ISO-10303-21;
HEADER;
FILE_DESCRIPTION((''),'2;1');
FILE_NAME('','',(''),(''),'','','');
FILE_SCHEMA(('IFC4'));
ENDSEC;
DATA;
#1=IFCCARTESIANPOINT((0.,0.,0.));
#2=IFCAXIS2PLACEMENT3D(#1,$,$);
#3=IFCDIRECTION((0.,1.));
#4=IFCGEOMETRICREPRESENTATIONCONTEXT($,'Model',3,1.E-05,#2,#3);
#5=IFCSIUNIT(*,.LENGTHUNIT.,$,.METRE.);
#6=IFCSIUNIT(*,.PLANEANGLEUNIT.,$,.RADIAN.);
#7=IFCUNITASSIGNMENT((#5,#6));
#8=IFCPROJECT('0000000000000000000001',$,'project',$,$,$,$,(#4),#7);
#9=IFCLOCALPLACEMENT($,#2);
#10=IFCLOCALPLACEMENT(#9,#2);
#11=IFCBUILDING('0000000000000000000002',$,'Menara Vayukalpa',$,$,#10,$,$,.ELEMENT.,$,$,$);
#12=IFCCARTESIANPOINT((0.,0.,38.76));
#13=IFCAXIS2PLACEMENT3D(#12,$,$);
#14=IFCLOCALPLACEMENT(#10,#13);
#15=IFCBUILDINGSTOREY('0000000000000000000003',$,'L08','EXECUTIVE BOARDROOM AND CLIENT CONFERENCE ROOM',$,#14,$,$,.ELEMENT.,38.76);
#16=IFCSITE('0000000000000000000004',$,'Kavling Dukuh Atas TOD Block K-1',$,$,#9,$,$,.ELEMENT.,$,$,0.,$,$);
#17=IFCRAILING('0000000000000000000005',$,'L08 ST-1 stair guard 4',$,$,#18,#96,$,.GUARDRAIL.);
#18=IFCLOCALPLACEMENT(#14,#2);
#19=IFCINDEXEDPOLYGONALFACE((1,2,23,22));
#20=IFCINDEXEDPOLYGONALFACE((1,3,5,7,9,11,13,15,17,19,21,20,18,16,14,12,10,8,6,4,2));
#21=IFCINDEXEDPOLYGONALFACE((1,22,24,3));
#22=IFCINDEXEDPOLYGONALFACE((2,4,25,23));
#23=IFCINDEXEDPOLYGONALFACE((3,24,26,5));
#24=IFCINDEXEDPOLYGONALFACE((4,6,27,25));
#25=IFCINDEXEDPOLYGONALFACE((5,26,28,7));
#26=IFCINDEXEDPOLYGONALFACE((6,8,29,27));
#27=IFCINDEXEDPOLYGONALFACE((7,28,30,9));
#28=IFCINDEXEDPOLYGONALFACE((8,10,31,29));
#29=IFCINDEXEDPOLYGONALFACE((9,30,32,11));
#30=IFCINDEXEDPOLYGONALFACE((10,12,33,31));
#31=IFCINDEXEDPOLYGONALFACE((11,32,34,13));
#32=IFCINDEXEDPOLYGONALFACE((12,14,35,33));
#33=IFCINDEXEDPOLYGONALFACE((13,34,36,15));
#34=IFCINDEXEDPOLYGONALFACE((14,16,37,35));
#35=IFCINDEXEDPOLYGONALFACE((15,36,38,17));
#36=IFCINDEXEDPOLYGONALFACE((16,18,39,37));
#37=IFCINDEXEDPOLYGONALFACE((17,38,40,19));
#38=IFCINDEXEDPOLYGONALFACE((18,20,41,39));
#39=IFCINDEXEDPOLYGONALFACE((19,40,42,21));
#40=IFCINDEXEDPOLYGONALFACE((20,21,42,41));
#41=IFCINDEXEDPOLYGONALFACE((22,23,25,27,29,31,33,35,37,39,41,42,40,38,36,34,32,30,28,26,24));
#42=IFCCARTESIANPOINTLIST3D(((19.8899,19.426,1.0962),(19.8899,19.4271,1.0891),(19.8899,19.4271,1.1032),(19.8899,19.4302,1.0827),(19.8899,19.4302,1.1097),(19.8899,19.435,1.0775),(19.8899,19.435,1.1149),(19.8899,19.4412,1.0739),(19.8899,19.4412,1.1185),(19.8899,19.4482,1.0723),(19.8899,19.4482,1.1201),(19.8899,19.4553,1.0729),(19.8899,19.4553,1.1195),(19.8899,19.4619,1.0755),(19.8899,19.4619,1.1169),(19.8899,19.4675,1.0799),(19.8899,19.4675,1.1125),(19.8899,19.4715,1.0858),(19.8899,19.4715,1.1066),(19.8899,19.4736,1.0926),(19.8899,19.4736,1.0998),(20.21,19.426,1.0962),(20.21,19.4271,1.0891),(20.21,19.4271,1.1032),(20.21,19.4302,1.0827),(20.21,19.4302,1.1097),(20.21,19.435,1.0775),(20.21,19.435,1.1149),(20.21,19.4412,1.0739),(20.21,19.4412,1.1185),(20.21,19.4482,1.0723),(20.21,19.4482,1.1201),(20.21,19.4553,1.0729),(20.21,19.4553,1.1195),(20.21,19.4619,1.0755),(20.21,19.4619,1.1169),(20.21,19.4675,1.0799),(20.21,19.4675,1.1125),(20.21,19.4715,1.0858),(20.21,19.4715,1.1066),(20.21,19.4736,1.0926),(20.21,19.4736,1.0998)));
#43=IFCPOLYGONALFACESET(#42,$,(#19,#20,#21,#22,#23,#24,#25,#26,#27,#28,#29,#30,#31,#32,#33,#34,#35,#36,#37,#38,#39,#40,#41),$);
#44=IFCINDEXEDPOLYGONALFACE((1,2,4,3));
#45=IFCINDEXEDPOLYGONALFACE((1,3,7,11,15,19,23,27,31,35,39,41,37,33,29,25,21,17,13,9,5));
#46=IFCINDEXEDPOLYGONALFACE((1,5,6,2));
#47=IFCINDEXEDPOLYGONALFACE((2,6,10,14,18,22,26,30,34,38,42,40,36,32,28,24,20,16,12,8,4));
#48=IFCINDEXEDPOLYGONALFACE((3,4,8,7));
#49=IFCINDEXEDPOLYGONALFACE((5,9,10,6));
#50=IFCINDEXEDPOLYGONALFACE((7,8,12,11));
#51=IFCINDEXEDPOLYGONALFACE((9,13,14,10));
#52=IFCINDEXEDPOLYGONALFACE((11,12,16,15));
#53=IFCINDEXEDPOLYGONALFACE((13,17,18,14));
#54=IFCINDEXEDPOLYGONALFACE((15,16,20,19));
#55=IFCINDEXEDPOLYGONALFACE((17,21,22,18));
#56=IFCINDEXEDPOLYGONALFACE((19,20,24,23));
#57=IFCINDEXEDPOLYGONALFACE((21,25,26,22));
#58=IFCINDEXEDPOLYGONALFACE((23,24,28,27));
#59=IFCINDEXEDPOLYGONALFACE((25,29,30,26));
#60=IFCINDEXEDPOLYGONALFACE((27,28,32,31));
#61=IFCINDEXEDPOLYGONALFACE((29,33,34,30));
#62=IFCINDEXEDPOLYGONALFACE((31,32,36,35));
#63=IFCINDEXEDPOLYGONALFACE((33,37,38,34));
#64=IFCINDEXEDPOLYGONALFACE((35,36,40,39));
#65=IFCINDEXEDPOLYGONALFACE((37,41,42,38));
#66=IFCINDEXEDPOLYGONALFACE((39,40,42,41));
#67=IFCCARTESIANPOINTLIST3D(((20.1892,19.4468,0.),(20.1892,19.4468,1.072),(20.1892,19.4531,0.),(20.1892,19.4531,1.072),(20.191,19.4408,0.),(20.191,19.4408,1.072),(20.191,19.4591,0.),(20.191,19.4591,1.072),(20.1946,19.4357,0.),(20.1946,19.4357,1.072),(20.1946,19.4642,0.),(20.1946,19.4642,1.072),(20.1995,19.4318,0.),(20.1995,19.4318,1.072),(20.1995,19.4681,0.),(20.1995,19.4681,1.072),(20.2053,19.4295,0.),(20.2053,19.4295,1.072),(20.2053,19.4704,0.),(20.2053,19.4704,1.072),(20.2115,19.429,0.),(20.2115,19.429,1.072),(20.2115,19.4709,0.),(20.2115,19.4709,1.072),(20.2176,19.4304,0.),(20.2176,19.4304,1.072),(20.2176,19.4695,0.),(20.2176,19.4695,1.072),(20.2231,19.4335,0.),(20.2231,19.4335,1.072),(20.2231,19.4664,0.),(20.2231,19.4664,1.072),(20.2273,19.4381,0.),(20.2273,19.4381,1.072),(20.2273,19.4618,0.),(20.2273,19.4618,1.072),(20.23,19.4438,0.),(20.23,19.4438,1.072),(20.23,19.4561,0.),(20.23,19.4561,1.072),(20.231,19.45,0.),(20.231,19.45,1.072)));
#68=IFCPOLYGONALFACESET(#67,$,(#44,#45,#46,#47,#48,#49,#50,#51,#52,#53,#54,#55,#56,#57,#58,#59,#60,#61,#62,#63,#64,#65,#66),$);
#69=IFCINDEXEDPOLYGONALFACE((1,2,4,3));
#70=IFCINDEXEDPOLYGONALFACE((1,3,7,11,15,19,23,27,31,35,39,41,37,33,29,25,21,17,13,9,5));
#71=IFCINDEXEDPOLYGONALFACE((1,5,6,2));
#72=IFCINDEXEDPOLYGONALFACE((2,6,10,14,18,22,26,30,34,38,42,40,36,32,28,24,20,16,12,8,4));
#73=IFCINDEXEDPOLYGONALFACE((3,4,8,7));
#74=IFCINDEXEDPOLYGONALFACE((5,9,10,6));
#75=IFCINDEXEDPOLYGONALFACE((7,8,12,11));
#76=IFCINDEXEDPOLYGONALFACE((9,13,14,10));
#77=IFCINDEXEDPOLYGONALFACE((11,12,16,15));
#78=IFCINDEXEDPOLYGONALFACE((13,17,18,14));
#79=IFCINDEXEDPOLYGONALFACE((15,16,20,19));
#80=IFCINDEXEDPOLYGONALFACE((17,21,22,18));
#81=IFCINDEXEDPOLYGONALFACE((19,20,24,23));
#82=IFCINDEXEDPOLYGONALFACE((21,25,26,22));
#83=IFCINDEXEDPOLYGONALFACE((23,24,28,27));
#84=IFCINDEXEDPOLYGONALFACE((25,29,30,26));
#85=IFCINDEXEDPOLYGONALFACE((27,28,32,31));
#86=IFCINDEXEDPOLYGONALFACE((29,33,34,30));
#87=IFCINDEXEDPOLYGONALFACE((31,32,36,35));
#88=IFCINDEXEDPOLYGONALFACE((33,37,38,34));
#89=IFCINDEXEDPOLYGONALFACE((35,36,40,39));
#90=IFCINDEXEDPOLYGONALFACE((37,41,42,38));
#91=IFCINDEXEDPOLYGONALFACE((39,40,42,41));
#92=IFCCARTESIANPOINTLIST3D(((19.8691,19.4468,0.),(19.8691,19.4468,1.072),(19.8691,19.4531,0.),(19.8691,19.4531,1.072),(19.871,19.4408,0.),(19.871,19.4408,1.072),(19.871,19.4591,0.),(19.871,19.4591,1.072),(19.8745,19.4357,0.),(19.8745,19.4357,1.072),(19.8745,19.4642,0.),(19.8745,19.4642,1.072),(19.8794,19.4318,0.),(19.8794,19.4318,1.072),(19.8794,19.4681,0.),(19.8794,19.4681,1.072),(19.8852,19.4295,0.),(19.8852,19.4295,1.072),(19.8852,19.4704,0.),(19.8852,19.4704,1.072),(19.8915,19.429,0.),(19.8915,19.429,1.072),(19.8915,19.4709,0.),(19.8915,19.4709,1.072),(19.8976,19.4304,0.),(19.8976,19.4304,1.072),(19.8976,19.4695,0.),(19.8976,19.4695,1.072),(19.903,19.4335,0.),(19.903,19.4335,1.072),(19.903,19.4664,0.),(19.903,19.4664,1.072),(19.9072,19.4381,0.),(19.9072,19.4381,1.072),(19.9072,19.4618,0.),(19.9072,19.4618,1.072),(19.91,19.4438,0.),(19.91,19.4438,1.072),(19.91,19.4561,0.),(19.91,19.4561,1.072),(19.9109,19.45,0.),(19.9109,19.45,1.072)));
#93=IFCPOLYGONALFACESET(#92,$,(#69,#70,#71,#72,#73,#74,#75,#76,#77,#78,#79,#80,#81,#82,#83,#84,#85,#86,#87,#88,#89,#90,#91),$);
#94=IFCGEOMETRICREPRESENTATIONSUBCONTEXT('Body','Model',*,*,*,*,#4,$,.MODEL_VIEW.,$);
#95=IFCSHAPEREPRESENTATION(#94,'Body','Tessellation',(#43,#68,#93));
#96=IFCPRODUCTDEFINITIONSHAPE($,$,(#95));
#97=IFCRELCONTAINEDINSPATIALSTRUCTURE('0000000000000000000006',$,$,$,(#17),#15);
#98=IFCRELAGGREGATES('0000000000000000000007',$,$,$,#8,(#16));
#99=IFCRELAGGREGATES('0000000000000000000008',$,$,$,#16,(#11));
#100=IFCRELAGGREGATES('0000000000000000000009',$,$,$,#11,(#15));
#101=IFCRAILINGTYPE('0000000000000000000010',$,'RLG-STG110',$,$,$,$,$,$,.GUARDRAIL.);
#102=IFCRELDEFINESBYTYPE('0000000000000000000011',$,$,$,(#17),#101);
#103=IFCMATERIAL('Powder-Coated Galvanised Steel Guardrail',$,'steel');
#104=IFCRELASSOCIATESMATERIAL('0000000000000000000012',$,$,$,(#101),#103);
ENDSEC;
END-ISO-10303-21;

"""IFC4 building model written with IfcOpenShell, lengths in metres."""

from ifc_helpers import new_model, si_unit, direction, frame, origin, origin_2d, place, context, subcontext, project, spatial, circle, extrude, material, type_object, element, save


model = new_model("IFC4")

# Units and contexts
model_context = context("Model", 3, precision=1e-05, world=origin(), true_north=direction((0.0, 1.0)))
body_context = subcontext(model_context, "Body", "Model", "MODEL_VIEW")
ifc_project = project(units=[si_unit("LENGTHUNIT", "METRE"), si_unit("PLANEANGLEUNIT", "RADIAN")], contexts=[model_context])

# Site, building, storey
site_placement = place(None, origin())
site = spatial("IfcSite", under=ifc_project, at=site_placement, Name="Kavling Dukuh Atas TOD Block K-1", CompositionType="ELEMENT", RefElevation=0.0)
building_placement = place(site_placement, origin())
building = spatial("IfcBuilding", under=site, at=building_placement, Name="Menara Vayukalpa", CompositionType="ELEMENT")
storey_placement = place(building_placement, frame((0.0, 0.0, 38.76)))
storey = spatial("IfcBuildingStorey", under=building, at=storey_placement, Name="L08", Description="EXECUTIVE BOARDROOM AND CLIENT CONFERENCE ROOM", CompositionType="ELEMENT", Elevation=38.76)

# Railing
ifc_material_1 = material(Name="Powder-Coated Galvanised Steel Guardrail", Category="steel")
railing_type = type_object("IfcRailingType", Name="RLG-STG110", PredefinedType="GUARDRAIL", material=ifc_material_1)
railing_1_placement = place(storey_placement, frame((20.21, 19.45, 0.0)))
element("IfcRailing", 1, at=railing_1_placement, inside=storey, type_object=railing_type, Name="L08 ST-1 stair guard 4", PredefinedType="GUARDRAIL", context=body_context, shape_type="SweptSolid", body=[
    extrude(circle(Radius=0.0239, at=origin_2d()), frame((0.0, 0.0, 1.0962), z_axis=(-1.0, 0.0, 0.0), x_axis=(0.0, -1.0, 0.0)), (0.0, 0.0, 1.0), 0.3201),
    extrude(circle(Radius=0.021, at=origin_2d()), origin(), (0.0, 0.0, 1.0), 1.072),
    extrude(circle(Radius=0.021, at=origin_2d()), frame((-0.3201, 0.0, 0.0)), (0.0, 0.0, 1.0), 1.072),
])

save(model, "model.ifc")
